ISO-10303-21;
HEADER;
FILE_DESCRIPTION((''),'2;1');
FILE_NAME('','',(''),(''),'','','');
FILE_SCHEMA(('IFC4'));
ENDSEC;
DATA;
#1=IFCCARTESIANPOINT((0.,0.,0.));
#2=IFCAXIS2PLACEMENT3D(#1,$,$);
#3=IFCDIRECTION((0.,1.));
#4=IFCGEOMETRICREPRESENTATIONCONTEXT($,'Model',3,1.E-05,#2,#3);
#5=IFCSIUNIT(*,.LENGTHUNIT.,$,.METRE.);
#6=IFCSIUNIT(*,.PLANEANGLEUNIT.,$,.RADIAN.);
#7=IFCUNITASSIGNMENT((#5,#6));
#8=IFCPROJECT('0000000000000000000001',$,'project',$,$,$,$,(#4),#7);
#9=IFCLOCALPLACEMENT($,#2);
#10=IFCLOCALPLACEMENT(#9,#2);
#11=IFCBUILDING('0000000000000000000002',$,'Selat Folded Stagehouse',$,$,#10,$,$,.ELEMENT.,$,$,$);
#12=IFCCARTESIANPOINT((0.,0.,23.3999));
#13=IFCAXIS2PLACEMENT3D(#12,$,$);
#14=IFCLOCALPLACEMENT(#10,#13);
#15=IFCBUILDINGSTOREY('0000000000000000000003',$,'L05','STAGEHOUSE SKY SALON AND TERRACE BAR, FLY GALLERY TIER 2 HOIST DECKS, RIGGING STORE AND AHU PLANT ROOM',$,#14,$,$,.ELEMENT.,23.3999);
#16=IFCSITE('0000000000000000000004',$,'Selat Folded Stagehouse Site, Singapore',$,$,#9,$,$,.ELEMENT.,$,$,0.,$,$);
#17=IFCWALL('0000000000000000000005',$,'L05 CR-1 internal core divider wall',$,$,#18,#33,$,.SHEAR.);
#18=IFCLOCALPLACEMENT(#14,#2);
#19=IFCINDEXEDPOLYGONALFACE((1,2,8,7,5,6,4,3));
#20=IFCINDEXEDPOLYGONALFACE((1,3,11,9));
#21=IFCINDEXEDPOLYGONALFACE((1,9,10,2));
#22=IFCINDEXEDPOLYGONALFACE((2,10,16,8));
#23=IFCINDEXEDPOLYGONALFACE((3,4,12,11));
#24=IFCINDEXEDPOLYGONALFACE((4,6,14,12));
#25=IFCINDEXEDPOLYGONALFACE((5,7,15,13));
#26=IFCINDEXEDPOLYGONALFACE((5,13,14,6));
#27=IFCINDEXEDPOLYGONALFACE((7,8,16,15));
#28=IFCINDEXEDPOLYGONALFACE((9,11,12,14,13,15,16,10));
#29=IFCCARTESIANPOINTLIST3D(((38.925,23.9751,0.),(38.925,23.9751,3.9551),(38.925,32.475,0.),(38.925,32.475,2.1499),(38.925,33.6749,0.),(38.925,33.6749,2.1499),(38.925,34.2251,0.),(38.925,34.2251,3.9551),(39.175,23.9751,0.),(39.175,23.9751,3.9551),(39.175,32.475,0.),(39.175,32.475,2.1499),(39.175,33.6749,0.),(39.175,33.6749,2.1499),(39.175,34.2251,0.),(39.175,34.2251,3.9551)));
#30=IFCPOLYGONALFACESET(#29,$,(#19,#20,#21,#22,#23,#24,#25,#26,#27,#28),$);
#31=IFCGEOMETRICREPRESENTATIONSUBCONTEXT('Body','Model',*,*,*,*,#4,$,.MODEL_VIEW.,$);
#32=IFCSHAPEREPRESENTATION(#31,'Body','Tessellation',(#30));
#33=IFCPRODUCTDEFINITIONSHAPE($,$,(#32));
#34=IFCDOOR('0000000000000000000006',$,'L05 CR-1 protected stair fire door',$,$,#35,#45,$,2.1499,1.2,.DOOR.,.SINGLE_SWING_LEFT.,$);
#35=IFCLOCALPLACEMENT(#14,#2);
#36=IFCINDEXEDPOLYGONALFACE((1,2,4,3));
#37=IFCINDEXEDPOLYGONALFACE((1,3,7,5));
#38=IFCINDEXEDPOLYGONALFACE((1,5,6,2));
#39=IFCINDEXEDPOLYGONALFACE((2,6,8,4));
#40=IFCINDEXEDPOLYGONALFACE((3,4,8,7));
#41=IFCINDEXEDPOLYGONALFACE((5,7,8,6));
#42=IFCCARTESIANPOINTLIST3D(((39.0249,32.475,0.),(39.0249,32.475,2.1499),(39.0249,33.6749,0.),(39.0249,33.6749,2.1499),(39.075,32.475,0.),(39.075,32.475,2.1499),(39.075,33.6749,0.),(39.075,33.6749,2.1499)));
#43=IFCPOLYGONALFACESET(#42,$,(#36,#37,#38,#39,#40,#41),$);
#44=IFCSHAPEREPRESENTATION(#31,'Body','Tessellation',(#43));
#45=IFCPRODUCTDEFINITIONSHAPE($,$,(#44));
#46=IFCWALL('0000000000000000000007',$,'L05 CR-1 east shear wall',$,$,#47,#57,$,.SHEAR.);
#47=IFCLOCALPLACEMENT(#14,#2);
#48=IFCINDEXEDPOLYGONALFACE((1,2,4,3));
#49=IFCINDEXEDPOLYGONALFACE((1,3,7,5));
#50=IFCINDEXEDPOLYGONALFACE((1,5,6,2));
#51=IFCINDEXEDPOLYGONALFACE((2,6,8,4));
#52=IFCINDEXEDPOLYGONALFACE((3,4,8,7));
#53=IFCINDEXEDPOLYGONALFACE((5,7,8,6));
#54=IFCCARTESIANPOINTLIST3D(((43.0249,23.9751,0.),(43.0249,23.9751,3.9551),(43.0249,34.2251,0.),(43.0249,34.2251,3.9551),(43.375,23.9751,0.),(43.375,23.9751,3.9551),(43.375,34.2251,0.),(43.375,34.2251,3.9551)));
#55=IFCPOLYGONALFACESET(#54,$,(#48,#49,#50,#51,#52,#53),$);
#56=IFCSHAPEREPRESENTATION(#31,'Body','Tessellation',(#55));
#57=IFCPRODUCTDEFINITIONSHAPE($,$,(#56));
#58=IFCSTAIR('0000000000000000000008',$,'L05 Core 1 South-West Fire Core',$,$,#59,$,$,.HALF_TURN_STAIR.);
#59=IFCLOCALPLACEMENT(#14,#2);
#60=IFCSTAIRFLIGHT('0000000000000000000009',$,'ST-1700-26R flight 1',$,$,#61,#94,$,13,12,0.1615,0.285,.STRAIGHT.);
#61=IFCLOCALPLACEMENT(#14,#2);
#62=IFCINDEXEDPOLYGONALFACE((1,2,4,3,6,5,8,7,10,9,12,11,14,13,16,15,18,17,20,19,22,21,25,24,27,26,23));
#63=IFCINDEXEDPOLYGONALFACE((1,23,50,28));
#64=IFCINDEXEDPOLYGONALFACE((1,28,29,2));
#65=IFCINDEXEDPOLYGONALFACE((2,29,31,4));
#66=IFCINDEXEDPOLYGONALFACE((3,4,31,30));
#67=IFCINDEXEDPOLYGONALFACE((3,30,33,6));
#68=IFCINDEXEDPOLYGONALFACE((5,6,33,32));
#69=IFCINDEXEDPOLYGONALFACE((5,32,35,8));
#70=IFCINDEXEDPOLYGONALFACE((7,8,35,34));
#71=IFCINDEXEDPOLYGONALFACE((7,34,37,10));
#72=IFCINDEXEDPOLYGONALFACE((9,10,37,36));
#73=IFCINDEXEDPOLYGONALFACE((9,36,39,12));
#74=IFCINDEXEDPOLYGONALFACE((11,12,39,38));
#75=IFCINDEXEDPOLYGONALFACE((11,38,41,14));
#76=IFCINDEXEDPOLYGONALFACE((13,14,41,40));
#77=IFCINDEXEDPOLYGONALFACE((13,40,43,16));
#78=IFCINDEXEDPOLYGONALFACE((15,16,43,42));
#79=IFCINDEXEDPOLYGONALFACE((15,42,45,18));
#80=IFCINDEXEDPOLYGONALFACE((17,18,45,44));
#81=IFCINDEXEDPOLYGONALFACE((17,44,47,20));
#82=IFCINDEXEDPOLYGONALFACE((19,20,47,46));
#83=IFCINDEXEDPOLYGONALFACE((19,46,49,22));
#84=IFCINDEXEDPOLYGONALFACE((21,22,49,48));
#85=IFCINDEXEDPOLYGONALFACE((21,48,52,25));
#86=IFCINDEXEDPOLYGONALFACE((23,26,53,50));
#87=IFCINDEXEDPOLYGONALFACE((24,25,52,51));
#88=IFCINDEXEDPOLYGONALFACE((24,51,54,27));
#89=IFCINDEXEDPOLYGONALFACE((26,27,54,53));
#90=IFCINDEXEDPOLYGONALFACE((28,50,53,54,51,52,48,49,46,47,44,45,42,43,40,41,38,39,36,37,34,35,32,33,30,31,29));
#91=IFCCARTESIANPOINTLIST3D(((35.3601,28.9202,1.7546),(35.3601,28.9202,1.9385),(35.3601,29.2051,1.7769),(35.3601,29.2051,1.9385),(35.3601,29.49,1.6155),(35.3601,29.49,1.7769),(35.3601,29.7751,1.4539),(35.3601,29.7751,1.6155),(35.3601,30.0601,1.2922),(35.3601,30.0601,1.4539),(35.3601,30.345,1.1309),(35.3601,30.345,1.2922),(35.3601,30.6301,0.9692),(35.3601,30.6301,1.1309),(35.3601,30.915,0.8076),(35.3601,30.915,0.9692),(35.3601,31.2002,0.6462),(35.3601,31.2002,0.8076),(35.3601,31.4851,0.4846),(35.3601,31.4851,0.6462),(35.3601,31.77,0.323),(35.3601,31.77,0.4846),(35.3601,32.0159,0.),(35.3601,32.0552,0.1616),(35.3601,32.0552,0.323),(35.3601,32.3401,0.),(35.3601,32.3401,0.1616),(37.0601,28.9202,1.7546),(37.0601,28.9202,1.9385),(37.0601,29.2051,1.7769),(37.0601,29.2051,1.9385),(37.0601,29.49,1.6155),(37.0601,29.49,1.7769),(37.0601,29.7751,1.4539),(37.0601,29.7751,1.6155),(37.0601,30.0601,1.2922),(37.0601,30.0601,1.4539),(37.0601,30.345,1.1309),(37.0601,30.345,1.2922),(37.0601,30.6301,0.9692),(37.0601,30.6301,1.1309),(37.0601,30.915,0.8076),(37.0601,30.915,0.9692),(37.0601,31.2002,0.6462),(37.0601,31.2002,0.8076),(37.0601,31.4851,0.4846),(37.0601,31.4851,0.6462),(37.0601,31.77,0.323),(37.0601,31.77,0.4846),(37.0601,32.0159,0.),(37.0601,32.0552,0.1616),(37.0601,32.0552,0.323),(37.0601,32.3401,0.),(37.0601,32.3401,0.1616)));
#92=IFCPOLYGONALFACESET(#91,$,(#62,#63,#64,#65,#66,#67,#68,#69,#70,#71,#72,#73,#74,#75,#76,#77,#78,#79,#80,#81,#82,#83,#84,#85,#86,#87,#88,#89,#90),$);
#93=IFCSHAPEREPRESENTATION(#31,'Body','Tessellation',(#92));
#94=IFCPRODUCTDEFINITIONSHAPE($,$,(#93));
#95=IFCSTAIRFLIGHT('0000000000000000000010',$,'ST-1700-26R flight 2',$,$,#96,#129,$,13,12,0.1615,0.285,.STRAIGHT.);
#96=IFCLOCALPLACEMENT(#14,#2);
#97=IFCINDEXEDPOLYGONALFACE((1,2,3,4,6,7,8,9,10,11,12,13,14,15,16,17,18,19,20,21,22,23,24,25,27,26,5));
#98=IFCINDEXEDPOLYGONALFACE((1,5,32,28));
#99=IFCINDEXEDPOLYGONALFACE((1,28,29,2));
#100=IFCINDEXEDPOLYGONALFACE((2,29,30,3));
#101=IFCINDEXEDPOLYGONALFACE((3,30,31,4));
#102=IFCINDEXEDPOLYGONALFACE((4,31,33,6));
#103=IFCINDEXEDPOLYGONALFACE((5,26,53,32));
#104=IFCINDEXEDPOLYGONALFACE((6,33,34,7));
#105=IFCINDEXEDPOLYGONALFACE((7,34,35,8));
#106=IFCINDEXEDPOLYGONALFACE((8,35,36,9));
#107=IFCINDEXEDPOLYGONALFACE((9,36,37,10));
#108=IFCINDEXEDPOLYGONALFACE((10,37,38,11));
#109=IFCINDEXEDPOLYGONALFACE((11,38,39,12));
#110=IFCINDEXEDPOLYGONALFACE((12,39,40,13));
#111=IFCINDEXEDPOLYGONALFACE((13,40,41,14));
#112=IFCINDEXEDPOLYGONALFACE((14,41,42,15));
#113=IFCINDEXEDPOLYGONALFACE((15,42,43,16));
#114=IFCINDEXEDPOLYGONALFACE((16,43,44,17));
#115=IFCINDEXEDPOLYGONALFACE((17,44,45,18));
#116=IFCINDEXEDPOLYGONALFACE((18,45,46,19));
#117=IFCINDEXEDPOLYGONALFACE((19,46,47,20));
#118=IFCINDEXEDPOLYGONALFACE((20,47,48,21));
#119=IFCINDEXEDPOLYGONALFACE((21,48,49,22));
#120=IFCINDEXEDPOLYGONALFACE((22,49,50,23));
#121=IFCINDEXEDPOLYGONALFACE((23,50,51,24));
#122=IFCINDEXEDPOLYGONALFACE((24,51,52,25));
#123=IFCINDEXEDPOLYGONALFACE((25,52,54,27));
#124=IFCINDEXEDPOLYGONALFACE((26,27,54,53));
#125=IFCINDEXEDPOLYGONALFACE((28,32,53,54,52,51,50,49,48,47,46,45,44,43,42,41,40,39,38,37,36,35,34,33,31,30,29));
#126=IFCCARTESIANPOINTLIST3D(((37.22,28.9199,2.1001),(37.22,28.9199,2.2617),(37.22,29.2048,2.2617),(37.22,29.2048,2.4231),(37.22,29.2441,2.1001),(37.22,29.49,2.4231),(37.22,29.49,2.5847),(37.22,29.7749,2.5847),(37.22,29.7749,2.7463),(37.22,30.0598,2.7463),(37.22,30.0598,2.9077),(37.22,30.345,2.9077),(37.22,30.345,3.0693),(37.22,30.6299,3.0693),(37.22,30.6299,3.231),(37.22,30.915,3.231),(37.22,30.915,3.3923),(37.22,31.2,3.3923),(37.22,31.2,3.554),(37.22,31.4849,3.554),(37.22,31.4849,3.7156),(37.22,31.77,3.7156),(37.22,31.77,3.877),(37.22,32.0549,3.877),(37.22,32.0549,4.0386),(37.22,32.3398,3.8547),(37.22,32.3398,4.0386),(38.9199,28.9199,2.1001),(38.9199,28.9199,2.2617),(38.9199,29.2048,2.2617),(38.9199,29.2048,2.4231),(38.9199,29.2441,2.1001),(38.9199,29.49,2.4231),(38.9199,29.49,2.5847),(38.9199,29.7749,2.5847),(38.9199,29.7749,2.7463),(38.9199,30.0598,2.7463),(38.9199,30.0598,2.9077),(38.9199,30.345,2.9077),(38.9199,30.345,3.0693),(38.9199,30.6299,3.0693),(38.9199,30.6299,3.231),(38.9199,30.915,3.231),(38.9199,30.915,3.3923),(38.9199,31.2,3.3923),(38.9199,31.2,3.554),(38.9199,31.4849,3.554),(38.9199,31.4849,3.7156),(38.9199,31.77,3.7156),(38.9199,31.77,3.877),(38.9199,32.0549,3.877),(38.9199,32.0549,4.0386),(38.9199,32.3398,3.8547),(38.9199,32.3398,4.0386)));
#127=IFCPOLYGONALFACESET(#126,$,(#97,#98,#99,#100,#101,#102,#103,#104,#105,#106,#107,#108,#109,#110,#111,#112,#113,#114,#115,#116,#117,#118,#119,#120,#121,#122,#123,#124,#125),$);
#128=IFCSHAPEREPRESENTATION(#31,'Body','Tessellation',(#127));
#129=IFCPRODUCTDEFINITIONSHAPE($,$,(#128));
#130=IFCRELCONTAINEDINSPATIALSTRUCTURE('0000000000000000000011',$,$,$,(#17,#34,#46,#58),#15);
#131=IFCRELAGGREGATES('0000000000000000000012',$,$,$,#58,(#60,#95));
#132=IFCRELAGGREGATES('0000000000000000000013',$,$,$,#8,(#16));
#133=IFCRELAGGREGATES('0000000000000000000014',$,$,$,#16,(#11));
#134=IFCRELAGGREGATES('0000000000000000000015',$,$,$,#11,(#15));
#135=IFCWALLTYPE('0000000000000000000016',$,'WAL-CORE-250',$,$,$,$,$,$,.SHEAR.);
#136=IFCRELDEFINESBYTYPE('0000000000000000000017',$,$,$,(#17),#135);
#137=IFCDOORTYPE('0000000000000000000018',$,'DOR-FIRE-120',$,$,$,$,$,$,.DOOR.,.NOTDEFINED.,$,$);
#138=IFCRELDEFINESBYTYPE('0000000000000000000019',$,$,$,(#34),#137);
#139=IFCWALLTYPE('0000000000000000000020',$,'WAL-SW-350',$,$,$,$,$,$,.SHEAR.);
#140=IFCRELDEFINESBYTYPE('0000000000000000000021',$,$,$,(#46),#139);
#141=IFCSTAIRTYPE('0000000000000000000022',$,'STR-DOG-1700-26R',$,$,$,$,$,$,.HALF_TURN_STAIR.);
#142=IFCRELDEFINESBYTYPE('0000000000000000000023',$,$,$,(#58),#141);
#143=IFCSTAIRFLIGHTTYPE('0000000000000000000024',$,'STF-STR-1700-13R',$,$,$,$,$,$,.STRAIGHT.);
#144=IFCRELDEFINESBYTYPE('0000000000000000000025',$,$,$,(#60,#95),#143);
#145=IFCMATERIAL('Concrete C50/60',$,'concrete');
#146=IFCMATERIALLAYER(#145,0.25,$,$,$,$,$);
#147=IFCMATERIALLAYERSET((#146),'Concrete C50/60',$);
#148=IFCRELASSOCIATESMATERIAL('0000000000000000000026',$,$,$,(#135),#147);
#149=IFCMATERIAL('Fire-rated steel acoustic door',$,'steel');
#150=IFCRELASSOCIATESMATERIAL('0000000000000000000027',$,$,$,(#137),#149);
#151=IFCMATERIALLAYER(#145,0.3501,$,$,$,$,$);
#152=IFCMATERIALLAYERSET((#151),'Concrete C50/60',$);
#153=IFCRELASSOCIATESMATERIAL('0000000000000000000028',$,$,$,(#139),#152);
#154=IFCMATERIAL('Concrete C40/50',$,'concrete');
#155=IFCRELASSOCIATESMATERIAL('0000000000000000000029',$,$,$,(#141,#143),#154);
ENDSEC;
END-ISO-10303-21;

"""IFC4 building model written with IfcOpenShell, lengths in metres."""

from ifc_helpers import new_model, si_unit, direction, frame, frame_2d, origin, place, context, subcontext, project, spatial, polyline, rectangle, outline, extrude, material, layer, layer_set, type_object, element, fill, aggregate, save


model = new_model("IFC4")

# Units and contexts
model_context = context("Model", 3, precision=1e-05, world=origin(), true_north=direction((0.0, 1.0)))
body_context = subcontext(model_context, "Body", "Model", "MODEL_VIEW")
ifc_project = project(units=[si_unit("LENGTHUNIT", "METRE"), si_unit("PLANEANGLEUNIT", "RADIAN")], contexts=[model_context])

# Site, building, storey
site_placement = place(None, origin())
site = spatial("IfcSite", under=ifc_project, at=site_placement, Name="Selat Folded Stagehouse Site, Singapore", CompositionType="ELEMENT", RefElevation=0.0)
building_placement = place(site_placement, origin())
building = spatial("IfcBuilding", under=site, at=building_placement, Name="Selat Folded Stagehouse", CompositionType="ELEMENT")
storey_placement = place(building_placement, frame((0.0, 0.0, 23.3999)))
storey = spatial("IfcBuildingStorey", under=building, at=storey_placement, Name="L05", Description="STAGEHOUSE SKY SALON AND TERRACE BAR, FLY GALLERY TIER 2 HOIST DECKS, RIGGING STORE AND AHU PLANT ROOM", CompositionType="ELEMENT", Elevation=23.3999)

# Wall, opening, door
ifc_material_1 = material(Name="Concrete C40/50", Category="concrete")
ifc_material_2 = material(Name="Concrete C50/60", Category="concrete")
ifc_layer_1 = layer(ifc_material_2, 0.25)
ifc_layer_set_1 = layer_set([ifc_layer_1], Name="Concrete C50/60")
wall_type_1 = type_object("IfcWallType", Name="WAL-CORE-250", PredefinedType="SHEAR", material=ifc_layer_set_1)
wall_1_placement = place(storey_placement, frame((39.05, 34.2251, 0.0), z_axis=(0.0, 0.0, 1.0), x_axis=(0.0, -1.0, 0.0)))
wall_1 = element("IfcWall", 1, at=wall_1_placement, inside=storey, type_object=wall_type_1, Name="L05 CR-1 internal core divider wall", PredefinedType="SHEAR", context=body_context, shape_type="SweptSolid", body=[
    extrude(rectangle(XDim=10.25, YDim=0.25, at=frame_2d((5.125, 0.0))), origin(), (0.0, 0.0, 1.0), 3.9551),
])
opening_1_placement = place(wall_1_placement, frame((0.55, 0.0, 0.0)))
opening_1 = element("IfcOpeningElement", 2, at=opening_1_placement, cuts=wall_1, PredefinedType="OPENING", context=body_context, shape_type="SweptSolid", body=[
    extrude(rectangle(XDim=1.2, YDim=2.1499, at=frame_2d((0.6001, 1.075))), frame((0.0, 0.135, 0.0), z_axis=(0.0, -1.0, 0.0), x_axis=(1.0, 0.0, 0.0)), (0.0, 0.0, 1.0), 0.27),
])
ifc_material_3 = material(Name="Fire-rated steel acoustic door", Category="steel")
door_type_1 = type_object("IfcDoorType", Name="DOR-FIRE-120", OperationType="NOTDEFINED", PredefinedType="DOOR", material=ifc_material_3)
door_1_placement = place(opening_1_placement, origin())
door_1 = element("IfcDoor", 3, at=door_1_placement, inside=storey, type_object=door_type_1, Name="L05 CR-1 protected stair fire door", OperationType="SINGLE_SWING_LEFT", OverallHeight=2.1499, OverallWidth=1.2, PredefinedType="DOOR", context=body_context, shape_type="SweptSolid", body=[
    extrude(rectangle(XDim=1.2, YDim=2.1499, at=frame_2d((0.6001, 1.075))), frame((0.0, 0.0249, 0.0), z_axis=(0.0, -1.0, 0.0), x_axis=(1.0, 0.0, 0.0)), (0.0, 0.0, 1.0), 0.05),
])
fill(opening_1, door_1)
ifc_layer_2 = layer(ifc_material_2, 0.3501)
ifc_layer_set_2 = layer_set([ifc_layer_2], Name="Concrete C50/60")
wall_type_2 = type_object("IfcWallType", Name="WAL-SW-350", PredefinedType="SHEAR", material=ifc_layer_set_2)

# Wall
wall_2_placement = place(storey_placement, frame((43.2, 34.2251, 0.0), z_axis=(0.0, 0.0, 1.0), x_axis=(0.0, -1.0, 0.0)))
element("IfcWall", 4, at=wall_2_placement, inside=storey, type_object=wall_type_2, Name="L05 CR-1 east shear wall", PredefinedType="SHEAR", context=body_context, shape_type="SweptSolid", body=[
    extrude(rectangle(XDim=10.25, YDim=0.3501, at=frame_2d((5.125, 0.0))), origin(), (0.0, 0.0, 1.0), 3.9551),
])

# Stair, stair flights
stair_type = type_object("IfcStairType", Name="STR-DOG-1700-26R", PredefinedType="HALF_TURN_STAIR", material=ifc_material_1)
stair_placement = place(storey_placement, origin())
stair = element("IfcStair", 5, at=stair_placement, inside=storey, type_object=stair_type, Name="L05 Core 1 South-West Fire Core", PredefinedType="HALF_TURN_STAIR")
stair_flight_type = type_object("IfcStairFlightType", Name="STF-STR-1700-13R", PredefinedType="STRAIGHT", material=ifc_material_1)
stair_flight_1_placement = place(storey_placement, frame((36.21, 32.3401, 0.0), z_axis=(0.0, 0.0, 1.0), x_axis=(0.0, -1.0, 0.0)))
stair_flight_1 = element("IfcStairFlight", 6, at=stair_flight_1_placement, type_object=stair_flight_type, Name="ST-1700-26R flight 1", NumberOfRisers=13, NumberOfTreads=12, PredefinedType="STRAIGHT", RiserHeight=0.1615, TreadLength=0.285, context=body_context, shape_type="SweptSolid", body=[
    extrude(outline(polyline([(0.0, 0.0), (0.0, 0.1616), (0.2849, 0.1616), (0.2849, 0.323), (0.5701, 0.323), (0.5701, 0.4846), (0.855, 0.4846), (0.855, 0.6462), (1.1399, 0.6462), (1.1399, 0.8076), (1.425, 0.8076), (1.425, 0.9692), (1.71, 0.9692), (1.71, 1.1309), (1.9951, 1.1309), (1.9951, 1.2922), (2.28, 1.2922), (2.28, 1.4539), (2.5649, 1.4539), (2.5649, 1.6155), (2.8501, 1.6155), (2.8501, 1.7769), (3.135, 1.7769), (3.135, 1.9385), (3.4199, 1.9385), (3.4199, 2.1001), (3.4199, 1.7546), (0.3242, 0.0), (0.0, 0.0)])), frame((0.0, 0.8501, 0.0), z_axis=(0.0, -1.0, 0.0), x_axis=(1.0, 0.0, 0.0)), (0.0, 0.0, 1.0), 1.7),
])
stair_flight_2_placement = place(storey_placement, frame((38.0701, 28.9199, 2.1001), z_axis=(0.0, 0.0, 1.0), x_axis=(0.0, 1.0, 0.0)))
stair_flight_2 = element("IfcStairFlight", 7, at=stair_flight_2_placement, type_object=stair_flight_type, Name="ST-1700-26R flight 2", NumberOfRisers=13, NumberOfTreads=12, PredefinedType="STRAIGHT", RiserHeight=0.1615, TreadLength=0.285, context=body_context, shape_type="SweptSolid", body=[
    extrude(outline(polyline([(0.0, 0.0), (0.0, 0.1616), (0.2849, 0.1616), (0.2849, 0.323), (0.5701, 0.323), (0.5701, 0.4846), (0.855, 0.4846), (0.855, 0.6462), (1.1399, 0.6462), (1.1399, 0.8076), (1.425, 0.8076), (1.425, 0.9692), (1.71, 0.9692), (1.71, 1.1309), (1.9951, 1.1309), (1.9951, 1.2922), (2.28, 1.2922), (2.28, 1.4539), (2.5649, 1.4539), (2.5649, 1.6155), (2.8501, 1.6155), (2.8501, 1.7769), (3.135, 1.7769), (3.135, 1.9385), (3.4199, 1.9385), (3.4199, 2.1001), (3.4199, 1.7546), (0.3242, 0.0), (0.0, 0.0)])), frame((0.0, 0.8501, 0.0), z_axis=(0.0, -1.0, 0.0), x_axis=(1.0, 0.0, 0.0)), (0.0, 0.0, 1.0), 1.7),
])
aggregate(stair, [stair_flight_1, stair_flight_2])

save(model, "model.ifc")
